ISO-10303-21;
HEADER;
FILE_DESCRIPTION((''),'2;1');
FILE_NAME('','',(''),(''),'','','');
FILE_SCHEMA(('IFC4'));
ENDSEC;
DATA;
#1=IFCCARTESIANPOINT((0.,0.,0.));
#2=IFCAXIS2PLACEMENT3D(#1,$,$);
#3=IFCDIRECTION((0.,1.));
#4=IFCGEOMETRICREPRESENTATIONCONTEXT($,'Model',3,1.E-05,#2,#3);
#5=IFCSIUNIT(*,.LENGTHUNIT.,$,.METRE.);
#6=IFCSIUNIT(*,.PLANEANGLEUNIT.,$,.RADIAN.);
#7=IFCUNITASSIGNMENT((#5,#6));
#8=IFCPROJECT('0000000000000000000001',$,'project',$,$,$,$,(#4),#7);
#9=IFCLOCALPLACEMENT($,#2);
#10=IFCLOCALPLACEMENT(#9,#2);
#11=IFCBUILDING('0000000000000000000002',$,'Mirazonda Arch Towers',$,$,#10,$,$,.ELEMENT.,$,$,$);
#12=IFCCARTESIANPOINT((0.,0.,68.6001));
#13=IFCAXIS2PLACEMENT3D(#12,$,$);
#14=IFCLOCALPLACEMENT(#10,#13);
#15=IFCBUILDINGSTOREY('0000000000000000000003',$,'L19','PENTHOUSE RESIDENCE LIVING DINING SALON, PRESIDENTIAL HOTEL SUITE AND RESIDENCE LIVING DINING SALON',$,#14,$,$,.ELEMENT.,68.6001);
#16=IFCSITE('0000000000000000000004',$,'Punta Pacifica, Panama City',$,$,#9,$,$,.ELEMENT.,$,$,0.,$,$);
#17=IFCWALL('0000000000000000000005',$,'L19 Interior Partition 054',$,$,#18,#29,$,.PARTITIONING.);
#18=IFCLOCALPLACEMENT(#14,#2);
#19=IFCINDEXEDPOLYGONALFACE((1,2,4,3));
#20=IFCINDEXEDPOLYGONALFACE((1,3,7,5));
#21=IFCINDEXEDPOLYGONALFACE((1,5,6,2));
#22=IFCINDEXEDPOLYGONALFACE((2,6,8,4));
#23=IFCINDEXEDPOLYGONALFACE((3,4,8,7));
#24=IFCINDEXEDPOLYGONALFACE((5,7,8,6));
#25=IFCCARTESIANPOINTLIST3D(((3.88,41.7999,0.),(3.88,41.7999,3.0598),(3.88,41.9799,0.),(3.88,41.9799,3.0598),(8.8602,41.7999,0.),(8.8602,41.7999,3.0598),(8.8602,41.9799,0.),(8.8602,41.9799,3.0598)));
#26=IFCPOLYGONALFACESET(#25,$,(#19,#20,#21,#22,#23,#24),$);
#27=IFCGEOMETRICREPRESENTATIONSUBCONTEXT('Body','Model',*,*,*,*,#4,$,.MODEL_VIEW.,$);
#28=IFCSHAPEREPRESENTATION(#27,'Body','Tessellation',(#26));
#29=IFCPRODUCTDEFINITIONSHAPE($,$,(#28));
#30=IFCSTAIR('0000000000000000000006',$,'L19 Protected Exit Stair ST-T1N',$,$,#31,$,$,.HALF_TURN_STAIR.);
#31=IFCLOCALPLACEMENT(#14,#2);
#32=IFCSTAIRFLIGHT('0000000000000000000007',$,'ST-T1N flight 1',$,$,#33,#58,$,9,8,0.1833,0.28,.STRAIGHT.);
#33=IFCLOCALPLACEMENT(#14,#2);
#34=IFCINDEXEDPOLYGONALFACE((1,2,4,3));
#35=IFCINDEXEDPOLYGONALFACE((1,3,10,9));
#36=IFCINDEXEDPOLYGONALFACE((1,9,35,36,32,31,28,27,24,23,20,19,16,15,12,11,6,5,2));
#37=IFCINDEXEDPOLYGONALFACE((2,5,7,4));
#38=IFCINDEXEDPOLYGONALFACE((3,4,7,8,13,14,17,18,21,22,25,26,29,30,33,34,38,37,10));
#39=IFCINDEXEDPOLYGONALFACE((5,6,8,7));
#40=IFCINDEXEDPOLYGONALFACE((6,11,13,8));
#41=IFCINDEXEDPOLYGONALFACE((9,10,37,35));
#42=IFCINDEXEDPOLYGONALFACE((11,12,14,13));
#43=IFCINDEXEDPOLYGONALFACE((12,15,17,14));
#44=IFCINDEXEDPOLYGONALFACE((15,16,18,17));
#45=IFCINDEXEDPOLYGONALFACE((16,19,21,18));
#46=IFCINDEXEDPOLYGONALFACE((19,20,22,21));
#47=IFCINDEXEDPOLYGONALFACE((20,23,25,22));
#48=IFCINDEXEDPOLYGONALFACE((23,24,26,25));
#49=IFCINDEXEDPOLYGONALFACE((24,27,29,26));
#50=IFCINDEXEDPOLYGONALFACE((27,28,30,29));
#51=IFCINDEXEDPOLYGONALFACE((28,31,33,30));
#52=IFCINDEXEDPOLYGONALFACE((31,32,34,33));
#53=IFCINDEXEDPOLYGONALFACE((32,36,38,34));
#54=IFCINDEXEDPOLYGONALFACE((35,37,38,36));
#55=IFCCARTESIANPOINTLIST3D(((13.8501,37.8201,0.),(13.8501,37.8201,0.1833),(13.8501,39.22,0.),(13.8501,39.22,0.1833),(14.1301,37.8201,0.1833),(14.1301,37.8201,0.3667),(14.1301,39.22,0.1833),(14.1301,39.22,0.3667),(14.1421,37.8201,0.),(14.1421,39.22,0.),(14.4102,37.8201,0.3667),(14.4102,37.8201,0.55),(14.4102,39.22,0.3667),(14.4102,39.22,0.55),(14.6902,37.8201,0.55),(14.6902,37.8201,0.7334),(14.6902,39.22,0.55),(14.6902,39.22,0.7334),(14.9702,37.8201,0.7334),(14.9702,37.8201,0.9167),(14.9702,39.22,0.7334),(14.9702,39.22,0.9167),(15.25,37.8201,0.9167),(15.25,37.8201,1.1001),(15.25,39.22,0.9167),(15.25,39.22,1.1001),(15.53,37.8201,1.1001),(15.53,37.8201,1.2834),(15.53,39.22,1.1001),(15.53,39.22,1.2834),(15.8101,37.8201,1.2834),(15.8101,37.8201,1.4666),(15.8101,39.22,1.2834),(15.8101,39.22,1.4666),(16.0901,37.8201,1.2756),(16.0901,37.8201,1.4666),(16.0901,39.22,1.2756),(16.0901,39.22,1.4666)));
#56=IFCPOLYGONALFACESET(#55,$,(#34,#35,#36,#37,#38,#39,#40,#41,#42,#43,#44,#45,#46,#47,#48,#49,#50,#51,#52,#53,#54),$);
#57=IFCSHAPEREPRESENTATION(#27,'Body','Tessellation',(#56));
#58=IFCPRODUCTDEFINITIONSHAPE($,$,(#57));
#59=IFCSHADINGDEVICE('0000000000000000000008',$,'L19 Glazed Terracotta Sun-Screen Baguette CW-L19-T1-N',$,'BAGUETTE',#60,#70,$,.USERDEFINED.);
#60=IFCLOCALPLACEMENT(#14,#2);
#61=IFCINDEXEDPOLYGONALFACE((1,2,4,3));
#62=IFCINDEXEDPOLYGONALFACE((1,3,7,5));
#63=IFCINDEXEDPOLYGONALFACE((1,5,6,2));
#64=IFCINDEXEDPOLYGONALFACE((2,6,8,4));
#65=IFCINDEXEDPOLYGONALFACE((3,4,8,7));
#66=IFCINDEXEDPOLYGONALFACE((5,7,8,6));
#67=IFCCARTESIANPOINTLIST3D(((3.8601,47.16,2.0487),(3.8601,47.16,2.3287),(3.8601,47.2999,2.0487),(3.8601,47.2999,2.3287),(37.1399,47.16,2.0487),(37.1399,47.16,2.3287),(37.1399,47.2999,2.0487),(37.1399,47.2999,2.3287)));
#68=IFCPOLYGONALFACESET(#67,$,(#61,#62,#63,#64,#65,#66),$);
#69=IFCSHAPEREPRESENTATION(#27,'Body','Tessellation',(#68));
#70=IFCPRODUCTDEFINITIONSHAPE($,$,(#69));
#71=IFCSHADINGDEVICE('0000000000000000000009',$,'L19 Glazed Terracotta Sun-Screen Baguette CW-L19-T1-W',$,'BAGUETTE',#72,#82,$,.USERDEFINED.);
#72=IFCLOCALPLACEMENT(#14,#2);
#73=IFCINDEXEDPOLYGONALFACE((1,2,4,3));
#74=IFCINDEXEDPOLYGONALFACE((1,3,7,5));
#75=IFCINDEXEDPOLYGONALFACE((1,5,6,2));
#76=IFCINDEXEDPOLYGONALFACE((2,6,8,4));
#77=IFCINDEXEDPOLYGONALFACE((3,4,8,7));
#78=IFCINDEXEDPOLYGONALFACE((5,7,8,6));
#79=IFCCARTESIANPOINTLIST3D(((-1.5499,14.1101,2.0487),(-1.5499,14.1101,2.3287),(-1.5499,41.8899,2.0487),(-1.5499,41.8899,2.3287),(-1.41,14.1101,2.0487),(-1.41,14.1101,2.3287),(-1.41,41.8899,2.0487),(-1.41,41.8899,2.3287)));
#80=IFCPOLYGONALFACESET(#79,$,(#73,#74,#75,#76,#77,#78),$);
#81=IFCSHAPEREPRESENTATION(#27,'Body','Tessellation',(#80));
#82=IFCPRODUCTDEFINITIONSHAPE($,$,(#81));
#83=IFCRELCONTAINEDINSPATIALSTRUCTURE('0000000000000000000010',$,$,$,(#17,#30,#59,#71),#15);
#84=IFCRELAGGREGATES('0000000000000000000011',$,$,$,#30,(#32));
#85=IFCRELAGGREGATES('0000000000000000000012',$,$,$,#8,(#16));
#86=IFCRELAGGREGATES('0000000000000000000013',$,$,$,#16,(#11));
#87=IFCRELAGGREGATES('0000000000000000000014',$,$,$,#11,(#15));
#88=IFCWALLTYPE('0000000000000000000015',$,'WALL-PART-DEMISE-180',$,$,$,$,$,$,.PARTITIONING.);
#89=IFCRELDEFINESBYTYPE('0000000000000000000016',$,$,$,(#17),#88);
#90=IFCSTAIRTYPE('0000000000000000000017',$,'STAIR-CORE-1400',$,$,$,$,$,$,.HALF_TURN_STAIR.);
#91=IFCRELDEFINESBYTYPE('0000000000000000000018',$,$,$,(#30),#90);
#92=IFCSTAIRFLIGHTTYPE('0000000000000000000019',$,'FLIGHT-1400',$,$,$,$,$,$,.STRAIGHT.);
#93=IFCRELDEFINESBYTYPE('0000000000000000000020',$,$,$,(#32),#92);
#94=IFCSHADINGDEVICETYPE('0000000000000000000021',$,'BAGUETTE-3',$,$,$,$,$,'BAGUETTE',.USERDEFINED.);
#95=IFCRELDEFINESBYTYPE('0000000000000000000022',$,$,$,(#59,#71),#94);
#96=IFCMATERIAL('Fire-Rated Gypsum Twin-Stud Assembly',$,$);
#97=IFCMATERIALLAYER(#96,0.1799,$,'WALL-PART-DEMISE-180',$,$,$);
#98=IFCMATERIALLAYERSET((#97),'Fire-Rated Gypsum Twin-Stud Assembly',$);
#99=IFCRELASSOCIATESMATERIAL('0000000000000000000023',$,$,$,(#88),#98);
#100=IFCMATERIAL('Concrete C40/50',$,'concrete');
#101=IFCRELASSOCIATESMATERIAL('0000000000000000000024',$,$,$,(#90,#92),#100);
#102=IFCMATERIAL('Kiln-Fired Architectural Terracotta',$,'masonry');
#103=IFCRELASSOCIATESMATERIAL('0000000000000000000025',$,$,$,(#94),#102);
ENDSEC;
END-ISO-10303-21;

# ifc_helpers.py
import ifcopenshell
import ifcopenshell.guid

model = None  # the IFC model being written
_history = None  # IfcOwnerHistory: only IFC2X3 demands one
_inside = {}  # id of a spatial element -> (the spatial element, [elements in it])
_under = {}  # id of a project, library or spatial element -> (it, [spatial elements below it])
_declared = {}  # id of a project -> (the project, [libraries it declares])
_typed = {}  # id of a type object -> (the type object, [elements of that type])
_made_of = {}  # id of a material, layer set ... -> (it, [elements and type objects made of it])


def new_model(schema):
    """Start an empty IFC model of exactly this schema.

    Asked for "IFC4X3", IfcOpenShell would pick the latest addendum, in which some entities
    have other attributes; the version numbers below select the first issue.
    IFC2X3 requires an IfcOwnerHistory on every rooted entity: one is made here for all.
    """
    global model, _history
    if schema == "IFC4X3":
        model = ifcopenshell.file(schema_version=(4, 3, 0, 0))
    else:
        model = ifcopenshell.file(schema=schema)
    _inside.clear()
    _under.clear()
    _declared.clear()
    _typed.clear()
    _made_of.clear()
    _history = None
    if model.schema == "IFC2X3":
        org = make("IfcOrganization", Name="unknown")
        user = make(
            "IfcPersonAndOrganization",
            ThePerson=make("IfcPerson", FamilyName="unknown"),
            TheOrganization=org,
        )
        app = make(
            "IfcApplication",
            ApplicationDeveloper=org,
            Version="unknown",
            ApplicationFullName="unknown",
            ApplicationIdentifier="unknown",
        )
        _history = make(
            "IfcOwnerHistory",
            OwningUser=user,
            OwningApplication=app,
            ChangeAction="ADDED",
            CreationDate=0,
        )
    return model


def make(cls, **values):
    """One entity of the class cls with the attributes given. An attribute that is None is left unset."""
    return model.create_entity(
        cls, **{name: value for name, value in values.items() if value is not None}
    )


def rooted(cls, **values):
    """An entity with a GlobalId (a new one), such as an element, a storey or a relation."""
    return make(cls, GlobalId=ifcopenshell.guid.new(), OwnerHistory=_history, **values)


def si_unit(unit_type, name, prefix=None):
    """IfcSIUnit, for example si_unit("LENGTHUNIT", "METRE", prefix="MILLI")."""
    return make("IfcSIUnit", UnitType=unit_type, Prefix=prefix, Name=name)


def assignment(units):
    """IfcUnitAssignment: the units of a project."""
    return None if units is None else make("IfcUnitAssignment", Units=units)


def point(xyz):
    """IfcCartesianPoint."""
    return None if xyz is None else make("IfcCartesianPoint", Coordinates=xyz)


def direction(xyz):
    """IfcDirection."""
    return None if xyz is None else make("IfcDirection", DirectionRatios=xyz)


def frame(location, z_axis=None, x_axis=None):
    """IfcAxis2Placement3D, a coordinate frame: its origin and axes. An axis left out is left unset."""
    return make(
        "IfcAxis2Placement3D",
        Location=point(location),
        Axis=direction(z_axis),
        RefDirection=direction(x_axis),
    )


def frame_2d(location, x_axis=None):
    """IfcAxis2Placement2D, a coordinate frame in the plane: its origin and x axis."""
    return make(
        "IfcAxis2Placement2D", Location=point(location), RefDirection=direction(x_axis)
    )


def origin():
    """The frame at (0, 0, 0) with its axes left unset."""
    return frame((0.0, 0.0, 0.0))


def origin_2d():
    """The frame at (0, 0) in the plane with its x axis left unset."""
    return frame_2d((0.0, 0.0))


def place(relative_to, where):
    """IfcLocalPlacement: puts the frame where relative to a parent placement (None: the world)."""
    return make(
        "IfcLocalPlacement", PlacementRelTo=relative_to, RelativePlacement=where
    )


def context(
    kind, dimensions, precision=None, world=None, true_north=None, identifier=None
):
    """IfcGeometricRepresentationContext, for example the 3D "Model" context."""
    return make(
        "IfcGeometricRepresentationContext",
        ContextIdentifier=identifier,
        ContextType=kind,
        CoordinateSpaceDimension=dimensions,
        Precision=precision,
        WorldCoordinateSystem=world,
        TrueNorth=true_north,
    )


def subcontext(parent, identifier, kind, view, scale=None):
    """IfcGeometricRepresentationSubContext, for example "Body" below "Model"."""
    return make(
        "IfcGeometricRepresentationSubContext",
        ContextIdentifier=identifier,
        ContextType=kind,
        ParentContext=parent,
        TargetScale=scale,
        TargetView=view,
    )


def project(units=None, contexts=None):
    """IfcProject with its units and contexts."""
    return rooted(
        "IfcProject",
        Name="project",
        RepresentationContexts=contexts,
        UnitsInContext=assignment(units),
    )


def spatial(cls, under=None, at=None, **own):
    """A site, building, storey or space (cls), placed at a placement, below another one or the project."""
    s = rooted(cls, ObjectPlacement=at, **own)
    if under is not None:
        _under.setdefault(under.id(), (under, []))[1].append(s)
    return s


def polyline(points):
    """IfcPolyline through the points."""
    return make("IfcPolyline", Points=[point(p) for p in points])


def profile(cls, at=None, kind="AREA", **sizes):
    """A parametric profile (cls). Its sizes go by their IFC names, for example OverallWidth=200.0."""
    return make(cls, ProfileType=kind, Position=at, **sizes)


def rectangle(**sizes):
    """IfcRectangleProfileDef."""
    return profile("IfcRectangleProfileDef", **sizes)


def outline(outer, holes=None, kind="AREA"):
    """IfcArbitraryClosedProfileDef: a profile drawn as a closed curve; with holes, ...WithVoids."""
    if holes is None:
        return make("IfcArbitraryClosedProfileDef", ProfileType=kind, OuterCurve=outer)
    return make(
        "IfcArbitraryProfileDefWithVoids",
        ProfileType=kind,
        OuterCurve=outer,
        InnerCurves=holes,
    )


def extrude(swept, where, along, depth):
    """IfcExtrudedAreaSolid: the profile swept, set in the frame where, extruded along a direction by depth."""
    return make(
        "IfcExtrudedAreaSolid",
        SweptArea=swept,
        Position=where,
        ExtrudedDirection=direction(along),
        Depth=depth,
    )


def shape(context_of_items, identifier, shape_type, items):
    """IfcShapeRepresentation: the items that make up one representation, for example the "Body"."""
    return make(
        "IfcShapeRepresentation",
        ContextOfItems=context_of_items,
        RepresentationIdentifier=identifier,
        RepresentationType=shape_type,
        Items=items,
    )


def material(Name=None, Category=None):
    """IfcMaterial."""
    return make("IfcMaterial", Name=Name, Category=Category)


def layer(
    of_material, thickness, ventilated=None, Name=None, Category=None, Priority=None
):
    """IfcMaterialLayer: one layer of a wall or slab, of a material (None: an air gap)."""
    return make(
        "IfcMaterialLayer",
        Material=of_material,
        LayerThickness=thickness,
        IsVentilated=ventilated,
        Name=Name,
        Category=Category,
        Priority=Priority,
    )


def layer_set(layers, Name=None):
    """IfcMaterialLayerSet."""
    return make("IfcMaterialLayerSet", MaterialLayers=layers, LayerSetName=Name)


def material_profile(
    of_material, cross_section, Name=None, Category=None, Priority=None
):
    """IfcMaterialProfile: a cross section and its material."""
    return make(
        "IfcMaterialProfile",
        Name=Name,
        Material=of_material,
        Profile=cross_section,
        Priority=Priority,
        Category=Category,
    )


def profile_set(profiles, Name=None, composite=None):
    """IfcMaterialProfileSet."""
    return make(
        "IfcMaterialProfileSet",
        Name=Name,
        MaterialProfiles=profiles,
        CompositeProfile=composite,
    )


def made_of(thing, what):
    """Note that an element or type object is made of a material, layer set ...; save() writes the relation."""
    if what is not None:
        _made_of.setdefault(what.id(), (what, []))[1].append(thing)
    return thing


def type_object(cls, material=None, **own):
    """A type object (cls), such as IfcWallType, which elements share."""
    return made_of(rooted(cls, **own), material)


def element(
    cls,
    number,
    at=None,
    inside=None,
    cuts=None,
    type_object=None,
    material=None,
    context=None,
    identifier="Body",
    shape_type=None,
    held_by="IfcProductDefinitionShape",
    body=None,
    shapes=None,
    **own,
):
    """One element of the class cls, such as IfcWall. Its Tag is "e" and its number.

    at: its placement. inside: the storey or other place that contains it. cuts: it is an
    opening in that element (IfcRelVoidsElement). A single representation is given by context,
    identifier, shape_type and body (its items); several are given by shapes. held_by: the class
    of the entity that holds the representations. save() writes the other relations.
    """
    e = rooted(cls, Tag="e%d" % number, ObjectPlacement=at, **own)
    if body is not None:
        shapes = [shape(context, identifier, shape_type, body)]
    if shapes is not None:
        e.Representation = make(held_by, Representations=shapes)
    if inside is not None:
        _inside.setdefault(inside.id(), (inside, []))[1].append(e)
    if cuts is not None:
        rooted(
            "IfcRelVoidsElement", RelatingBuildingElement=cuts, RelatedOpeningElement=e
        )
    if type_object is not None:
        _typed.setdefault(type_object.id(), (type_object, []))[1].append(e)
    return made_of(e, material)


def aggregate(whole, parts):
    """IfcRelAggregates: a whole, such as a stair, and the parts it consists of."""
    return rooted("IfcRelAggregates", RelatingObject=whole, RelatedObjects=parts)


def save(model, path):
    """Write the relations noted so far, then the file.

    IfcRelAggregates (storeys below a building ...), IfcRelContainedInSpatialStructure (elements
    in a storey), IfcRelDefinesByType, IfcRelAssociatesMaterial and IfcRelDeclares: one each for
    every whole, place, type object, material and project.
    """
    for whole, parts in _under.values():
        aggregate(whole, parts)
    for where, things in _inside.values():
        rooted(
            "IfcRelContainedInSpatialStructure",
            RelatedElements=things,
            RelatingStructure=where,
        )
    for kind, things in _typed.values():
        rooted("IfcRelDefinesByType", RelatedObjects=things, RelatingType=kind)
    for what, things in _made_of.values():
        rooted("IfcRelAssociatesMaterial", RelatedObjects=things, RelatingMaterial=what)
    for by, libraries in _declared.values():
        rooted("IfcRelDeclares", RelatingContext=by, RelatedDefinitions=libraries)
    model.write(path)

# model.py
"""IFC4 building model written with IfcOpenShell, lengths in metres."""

from ifc_helpers import new_model, si_unit, direction, frame, frame_2d, origin, origin_2d, place, context, subcontext, project, spatial, polyline, rectangle, outline, extrude, material, layer, layer_set, material_profile, profile_set, type_object, element, aggregate, save


model = new_model("IFC4")

# Units and contexts
model_context = context("Model", 3, precision=1e-05, world=origin(), true_north=direction((0.0, 1.0)))
body_context = subcontext(model_context, "Body", "Model", "MODEL_VIEW")
ifc_project = project(units=[si_unit("LENGTHUNIT", "METRE"), si_unit("PLANEANGLEUNIT", "RADIAN")], contexts=[model_context])

# Site, building, storey
site_placement = place(None, origin())
site = spatial("IfcSite", under=ifc_project, at=site_placement, Name="Punta Pacifica, Panama City", CompositionType="ELEMENT", RefElevation=0.0)
building_placement = place(site_placement, origin())
building = spatial("IfcBuilding", under=site, at=building_placement, Name="Mirazonda Arch Towers", CompositionType="ELEMENT")
storey_placement = place(building_placement, frame((0.0, 0.0, 68.6001)))
storey = spatial("IfcBuildingStorey", under=building, at=storey_placement, Name="L19", Description="PENTHOUSE RESIDENCE LIVING DINING SALON, PRESIDENTIAL HOTEL SUITE AND RESIDENCE LIVING DINING SALON", CompositionType="ELEMENT", Elevation=68.6001)

# Wall
ifc_material_1 = material(Name="Fire-Rated Gypsum Twin-Stud Assembly")
ifc_layer_1 = layer(ifc_material_1, 0.1799, Name="WALL-PART-DEMISE-180")
ifc_layer_set_1 = layer_set([ifc_layer_1], Name="Fire-Rated Gypsum Twin-Stud Assembly")
wall_type_1 = type_object("IfcWallType", Name="WALL-PART-DEMISE-180", PredefinedType="PARTITIONING", material=ifc_layer_set_1)
wall_1_placement = place(storey_placement, frame((3.8799, 41.8899, 0.0), z_axis=(0.0, 0.0, 1.0), x_axis=(1.0, 0.0, 0.0)))
element("IfcWall", 1, at=wall_1_placement, inside=storey, type_object=wall_type_1, Name="L19 Interior Partition 054", PredefinedType="PARTITIONING", context=body_context, shape_type="SweptSolid", body=[
    extrude(rectangle(XDim=4.9802, YDim=0.1799, at=frame_2d((2.4902, 0.0))), origin(), (0.0, 0.0, 1.0), 3.0598),
])

# Stair, stair flight
ifc_material_2 = material(Name="Concrete C40/50", Category="concrete")
stair_type = type_object("IfcStairType", Name="STAIR-CORE-1400", PredefinedType="HALF_TURN_STAIR", material=ifc_material_2)
stair_placement = place(storey_placement, origin())
stair = element("IfcStair", 2, at=stair_placement, inside=storey, type_object=stair_type, Name="L19 Protected Exit Stair ST-T1N", PredefinedType="HALF_TURN_STAIR")
stair_flight_type = type_object("IfcStairFlightType", Name="FLIGHT-1400", PredefinedType="STRAIGHT", material=ifc_material_2)
stair_flight_placement = place(storey_placement, frame((13.8501, 38.52, 0.0), z_axis=(0.0, 0.0, 1.0), x_axis=(1.0, 0.0, 0.0)))
stair_flight = element("IfcStairFlight", 3, at=stair_flight_placement, type_object=stair_flight_type, Name="ST-T1N flight 1", NumberOfRisers=9, NumberOfTreads=8, PredefinedType="STRAIGHT", RiserHeight=0.1833, TreadLength=0.28, context=body_context, shape_type="SweptSolid", body=[
    extrude(outline(polyline([(0.0, 0.0), (0.0, 0.1833), (0.28, 0.1833), (0.28, 0.3667), (0.5601, 0.3667), (0.5601, 0.55), (0.8401, 0.55), (0.8401, 0.7334), (1.1201, 0.7334), (1.1201, 0.9167), (1.3999, 0.9167), (1.3999, 1.1001), (1.6799, 1.1001), (1.6799, 1.2834), (1.96, 1.2834), (1.96, 1.4666), (2.24, 1.4666), (2.24, 1.6499), (2.24, 1.2756), (0.292, 0.0), (0.0, 0.0)])), frame((0.0, 0.7, 0.0), z_axis=(0.0, -1.0, 0.0), x_axis=(1.0, 0.0, 0.0)), (0.0, 0.0, 1.0), 1.3999),
])
aggregate(stair, [stair_flight])

# Shading devices
ifc_material_3 = material(Name="Kiln-Fired Architectural Terracotta", Category="masonry")
ifc_material_profile_1 = material_profile(ifc_material_3, rectangle(XDim=0.1399, YDim=0.28, at=origin_2d()), Name="TERRA-BAG-140x280")
ifc_profile_set_1 = profile_set([ifc_material_profile_1], Name="Kiln-Fired Architectural Terracotta")
shading_device_type = type_object("IfcShadingDeviceType", Name="BAGUETTE-3", ElementType="BAGUETTE", PredefinedType="USERDEFINED", material=ifc_profile_set_1)
shading_device_1_placement = place(storey_placement, frame((3.8601, 47.23, 2.1887), z_axis=(1.0, 0.0, 0.0), x_axis=(0.0, 1.0, 0.0)))
element("IfcShadingDevice", 4, at=shading_device_1_placement, inside=storey, type_object=shading_device_type, Name="L19 Glazed Terracotta Sun-Screen Baguette CW-L19-T1-N", ObjectType="BAGUETTE", PredefinedType="USERDEFINED", context=body_context, shape_type="SweptSolid", body=[
    extrude(rectangle(XDim=0.1399, YDim=0.28, at=origin_2d()), origin(), (0.0, 0.0, 1.0), 33.2798),
])
shading_device_2_placement = place(storey_placement, frame((-1.48, 41.8899, 2.1887), z_axis=(0.0, -1.0, 0.0), x_axis=(1.0, 0.0, 0.0)))
element("IfcShadingDevice", 5, at=shading_device_2_placement, inside=storey, type_object=shading_device_type, Name="L19 Glazed Terracotta Sun-Screen Baguette CW-L19-T1-W", ObjectType="BAGUETTE", PredefinedType="USERDEFINED", context=body_context, shape_type="SweptSolid", body=[
    extrude(rectangle(XDim=0.1399, YDim=0.28, at=origin_2d()), origin(), (0.0, 0.0, 1.0), 27.7798),
])

save(model, "model.ifc")
